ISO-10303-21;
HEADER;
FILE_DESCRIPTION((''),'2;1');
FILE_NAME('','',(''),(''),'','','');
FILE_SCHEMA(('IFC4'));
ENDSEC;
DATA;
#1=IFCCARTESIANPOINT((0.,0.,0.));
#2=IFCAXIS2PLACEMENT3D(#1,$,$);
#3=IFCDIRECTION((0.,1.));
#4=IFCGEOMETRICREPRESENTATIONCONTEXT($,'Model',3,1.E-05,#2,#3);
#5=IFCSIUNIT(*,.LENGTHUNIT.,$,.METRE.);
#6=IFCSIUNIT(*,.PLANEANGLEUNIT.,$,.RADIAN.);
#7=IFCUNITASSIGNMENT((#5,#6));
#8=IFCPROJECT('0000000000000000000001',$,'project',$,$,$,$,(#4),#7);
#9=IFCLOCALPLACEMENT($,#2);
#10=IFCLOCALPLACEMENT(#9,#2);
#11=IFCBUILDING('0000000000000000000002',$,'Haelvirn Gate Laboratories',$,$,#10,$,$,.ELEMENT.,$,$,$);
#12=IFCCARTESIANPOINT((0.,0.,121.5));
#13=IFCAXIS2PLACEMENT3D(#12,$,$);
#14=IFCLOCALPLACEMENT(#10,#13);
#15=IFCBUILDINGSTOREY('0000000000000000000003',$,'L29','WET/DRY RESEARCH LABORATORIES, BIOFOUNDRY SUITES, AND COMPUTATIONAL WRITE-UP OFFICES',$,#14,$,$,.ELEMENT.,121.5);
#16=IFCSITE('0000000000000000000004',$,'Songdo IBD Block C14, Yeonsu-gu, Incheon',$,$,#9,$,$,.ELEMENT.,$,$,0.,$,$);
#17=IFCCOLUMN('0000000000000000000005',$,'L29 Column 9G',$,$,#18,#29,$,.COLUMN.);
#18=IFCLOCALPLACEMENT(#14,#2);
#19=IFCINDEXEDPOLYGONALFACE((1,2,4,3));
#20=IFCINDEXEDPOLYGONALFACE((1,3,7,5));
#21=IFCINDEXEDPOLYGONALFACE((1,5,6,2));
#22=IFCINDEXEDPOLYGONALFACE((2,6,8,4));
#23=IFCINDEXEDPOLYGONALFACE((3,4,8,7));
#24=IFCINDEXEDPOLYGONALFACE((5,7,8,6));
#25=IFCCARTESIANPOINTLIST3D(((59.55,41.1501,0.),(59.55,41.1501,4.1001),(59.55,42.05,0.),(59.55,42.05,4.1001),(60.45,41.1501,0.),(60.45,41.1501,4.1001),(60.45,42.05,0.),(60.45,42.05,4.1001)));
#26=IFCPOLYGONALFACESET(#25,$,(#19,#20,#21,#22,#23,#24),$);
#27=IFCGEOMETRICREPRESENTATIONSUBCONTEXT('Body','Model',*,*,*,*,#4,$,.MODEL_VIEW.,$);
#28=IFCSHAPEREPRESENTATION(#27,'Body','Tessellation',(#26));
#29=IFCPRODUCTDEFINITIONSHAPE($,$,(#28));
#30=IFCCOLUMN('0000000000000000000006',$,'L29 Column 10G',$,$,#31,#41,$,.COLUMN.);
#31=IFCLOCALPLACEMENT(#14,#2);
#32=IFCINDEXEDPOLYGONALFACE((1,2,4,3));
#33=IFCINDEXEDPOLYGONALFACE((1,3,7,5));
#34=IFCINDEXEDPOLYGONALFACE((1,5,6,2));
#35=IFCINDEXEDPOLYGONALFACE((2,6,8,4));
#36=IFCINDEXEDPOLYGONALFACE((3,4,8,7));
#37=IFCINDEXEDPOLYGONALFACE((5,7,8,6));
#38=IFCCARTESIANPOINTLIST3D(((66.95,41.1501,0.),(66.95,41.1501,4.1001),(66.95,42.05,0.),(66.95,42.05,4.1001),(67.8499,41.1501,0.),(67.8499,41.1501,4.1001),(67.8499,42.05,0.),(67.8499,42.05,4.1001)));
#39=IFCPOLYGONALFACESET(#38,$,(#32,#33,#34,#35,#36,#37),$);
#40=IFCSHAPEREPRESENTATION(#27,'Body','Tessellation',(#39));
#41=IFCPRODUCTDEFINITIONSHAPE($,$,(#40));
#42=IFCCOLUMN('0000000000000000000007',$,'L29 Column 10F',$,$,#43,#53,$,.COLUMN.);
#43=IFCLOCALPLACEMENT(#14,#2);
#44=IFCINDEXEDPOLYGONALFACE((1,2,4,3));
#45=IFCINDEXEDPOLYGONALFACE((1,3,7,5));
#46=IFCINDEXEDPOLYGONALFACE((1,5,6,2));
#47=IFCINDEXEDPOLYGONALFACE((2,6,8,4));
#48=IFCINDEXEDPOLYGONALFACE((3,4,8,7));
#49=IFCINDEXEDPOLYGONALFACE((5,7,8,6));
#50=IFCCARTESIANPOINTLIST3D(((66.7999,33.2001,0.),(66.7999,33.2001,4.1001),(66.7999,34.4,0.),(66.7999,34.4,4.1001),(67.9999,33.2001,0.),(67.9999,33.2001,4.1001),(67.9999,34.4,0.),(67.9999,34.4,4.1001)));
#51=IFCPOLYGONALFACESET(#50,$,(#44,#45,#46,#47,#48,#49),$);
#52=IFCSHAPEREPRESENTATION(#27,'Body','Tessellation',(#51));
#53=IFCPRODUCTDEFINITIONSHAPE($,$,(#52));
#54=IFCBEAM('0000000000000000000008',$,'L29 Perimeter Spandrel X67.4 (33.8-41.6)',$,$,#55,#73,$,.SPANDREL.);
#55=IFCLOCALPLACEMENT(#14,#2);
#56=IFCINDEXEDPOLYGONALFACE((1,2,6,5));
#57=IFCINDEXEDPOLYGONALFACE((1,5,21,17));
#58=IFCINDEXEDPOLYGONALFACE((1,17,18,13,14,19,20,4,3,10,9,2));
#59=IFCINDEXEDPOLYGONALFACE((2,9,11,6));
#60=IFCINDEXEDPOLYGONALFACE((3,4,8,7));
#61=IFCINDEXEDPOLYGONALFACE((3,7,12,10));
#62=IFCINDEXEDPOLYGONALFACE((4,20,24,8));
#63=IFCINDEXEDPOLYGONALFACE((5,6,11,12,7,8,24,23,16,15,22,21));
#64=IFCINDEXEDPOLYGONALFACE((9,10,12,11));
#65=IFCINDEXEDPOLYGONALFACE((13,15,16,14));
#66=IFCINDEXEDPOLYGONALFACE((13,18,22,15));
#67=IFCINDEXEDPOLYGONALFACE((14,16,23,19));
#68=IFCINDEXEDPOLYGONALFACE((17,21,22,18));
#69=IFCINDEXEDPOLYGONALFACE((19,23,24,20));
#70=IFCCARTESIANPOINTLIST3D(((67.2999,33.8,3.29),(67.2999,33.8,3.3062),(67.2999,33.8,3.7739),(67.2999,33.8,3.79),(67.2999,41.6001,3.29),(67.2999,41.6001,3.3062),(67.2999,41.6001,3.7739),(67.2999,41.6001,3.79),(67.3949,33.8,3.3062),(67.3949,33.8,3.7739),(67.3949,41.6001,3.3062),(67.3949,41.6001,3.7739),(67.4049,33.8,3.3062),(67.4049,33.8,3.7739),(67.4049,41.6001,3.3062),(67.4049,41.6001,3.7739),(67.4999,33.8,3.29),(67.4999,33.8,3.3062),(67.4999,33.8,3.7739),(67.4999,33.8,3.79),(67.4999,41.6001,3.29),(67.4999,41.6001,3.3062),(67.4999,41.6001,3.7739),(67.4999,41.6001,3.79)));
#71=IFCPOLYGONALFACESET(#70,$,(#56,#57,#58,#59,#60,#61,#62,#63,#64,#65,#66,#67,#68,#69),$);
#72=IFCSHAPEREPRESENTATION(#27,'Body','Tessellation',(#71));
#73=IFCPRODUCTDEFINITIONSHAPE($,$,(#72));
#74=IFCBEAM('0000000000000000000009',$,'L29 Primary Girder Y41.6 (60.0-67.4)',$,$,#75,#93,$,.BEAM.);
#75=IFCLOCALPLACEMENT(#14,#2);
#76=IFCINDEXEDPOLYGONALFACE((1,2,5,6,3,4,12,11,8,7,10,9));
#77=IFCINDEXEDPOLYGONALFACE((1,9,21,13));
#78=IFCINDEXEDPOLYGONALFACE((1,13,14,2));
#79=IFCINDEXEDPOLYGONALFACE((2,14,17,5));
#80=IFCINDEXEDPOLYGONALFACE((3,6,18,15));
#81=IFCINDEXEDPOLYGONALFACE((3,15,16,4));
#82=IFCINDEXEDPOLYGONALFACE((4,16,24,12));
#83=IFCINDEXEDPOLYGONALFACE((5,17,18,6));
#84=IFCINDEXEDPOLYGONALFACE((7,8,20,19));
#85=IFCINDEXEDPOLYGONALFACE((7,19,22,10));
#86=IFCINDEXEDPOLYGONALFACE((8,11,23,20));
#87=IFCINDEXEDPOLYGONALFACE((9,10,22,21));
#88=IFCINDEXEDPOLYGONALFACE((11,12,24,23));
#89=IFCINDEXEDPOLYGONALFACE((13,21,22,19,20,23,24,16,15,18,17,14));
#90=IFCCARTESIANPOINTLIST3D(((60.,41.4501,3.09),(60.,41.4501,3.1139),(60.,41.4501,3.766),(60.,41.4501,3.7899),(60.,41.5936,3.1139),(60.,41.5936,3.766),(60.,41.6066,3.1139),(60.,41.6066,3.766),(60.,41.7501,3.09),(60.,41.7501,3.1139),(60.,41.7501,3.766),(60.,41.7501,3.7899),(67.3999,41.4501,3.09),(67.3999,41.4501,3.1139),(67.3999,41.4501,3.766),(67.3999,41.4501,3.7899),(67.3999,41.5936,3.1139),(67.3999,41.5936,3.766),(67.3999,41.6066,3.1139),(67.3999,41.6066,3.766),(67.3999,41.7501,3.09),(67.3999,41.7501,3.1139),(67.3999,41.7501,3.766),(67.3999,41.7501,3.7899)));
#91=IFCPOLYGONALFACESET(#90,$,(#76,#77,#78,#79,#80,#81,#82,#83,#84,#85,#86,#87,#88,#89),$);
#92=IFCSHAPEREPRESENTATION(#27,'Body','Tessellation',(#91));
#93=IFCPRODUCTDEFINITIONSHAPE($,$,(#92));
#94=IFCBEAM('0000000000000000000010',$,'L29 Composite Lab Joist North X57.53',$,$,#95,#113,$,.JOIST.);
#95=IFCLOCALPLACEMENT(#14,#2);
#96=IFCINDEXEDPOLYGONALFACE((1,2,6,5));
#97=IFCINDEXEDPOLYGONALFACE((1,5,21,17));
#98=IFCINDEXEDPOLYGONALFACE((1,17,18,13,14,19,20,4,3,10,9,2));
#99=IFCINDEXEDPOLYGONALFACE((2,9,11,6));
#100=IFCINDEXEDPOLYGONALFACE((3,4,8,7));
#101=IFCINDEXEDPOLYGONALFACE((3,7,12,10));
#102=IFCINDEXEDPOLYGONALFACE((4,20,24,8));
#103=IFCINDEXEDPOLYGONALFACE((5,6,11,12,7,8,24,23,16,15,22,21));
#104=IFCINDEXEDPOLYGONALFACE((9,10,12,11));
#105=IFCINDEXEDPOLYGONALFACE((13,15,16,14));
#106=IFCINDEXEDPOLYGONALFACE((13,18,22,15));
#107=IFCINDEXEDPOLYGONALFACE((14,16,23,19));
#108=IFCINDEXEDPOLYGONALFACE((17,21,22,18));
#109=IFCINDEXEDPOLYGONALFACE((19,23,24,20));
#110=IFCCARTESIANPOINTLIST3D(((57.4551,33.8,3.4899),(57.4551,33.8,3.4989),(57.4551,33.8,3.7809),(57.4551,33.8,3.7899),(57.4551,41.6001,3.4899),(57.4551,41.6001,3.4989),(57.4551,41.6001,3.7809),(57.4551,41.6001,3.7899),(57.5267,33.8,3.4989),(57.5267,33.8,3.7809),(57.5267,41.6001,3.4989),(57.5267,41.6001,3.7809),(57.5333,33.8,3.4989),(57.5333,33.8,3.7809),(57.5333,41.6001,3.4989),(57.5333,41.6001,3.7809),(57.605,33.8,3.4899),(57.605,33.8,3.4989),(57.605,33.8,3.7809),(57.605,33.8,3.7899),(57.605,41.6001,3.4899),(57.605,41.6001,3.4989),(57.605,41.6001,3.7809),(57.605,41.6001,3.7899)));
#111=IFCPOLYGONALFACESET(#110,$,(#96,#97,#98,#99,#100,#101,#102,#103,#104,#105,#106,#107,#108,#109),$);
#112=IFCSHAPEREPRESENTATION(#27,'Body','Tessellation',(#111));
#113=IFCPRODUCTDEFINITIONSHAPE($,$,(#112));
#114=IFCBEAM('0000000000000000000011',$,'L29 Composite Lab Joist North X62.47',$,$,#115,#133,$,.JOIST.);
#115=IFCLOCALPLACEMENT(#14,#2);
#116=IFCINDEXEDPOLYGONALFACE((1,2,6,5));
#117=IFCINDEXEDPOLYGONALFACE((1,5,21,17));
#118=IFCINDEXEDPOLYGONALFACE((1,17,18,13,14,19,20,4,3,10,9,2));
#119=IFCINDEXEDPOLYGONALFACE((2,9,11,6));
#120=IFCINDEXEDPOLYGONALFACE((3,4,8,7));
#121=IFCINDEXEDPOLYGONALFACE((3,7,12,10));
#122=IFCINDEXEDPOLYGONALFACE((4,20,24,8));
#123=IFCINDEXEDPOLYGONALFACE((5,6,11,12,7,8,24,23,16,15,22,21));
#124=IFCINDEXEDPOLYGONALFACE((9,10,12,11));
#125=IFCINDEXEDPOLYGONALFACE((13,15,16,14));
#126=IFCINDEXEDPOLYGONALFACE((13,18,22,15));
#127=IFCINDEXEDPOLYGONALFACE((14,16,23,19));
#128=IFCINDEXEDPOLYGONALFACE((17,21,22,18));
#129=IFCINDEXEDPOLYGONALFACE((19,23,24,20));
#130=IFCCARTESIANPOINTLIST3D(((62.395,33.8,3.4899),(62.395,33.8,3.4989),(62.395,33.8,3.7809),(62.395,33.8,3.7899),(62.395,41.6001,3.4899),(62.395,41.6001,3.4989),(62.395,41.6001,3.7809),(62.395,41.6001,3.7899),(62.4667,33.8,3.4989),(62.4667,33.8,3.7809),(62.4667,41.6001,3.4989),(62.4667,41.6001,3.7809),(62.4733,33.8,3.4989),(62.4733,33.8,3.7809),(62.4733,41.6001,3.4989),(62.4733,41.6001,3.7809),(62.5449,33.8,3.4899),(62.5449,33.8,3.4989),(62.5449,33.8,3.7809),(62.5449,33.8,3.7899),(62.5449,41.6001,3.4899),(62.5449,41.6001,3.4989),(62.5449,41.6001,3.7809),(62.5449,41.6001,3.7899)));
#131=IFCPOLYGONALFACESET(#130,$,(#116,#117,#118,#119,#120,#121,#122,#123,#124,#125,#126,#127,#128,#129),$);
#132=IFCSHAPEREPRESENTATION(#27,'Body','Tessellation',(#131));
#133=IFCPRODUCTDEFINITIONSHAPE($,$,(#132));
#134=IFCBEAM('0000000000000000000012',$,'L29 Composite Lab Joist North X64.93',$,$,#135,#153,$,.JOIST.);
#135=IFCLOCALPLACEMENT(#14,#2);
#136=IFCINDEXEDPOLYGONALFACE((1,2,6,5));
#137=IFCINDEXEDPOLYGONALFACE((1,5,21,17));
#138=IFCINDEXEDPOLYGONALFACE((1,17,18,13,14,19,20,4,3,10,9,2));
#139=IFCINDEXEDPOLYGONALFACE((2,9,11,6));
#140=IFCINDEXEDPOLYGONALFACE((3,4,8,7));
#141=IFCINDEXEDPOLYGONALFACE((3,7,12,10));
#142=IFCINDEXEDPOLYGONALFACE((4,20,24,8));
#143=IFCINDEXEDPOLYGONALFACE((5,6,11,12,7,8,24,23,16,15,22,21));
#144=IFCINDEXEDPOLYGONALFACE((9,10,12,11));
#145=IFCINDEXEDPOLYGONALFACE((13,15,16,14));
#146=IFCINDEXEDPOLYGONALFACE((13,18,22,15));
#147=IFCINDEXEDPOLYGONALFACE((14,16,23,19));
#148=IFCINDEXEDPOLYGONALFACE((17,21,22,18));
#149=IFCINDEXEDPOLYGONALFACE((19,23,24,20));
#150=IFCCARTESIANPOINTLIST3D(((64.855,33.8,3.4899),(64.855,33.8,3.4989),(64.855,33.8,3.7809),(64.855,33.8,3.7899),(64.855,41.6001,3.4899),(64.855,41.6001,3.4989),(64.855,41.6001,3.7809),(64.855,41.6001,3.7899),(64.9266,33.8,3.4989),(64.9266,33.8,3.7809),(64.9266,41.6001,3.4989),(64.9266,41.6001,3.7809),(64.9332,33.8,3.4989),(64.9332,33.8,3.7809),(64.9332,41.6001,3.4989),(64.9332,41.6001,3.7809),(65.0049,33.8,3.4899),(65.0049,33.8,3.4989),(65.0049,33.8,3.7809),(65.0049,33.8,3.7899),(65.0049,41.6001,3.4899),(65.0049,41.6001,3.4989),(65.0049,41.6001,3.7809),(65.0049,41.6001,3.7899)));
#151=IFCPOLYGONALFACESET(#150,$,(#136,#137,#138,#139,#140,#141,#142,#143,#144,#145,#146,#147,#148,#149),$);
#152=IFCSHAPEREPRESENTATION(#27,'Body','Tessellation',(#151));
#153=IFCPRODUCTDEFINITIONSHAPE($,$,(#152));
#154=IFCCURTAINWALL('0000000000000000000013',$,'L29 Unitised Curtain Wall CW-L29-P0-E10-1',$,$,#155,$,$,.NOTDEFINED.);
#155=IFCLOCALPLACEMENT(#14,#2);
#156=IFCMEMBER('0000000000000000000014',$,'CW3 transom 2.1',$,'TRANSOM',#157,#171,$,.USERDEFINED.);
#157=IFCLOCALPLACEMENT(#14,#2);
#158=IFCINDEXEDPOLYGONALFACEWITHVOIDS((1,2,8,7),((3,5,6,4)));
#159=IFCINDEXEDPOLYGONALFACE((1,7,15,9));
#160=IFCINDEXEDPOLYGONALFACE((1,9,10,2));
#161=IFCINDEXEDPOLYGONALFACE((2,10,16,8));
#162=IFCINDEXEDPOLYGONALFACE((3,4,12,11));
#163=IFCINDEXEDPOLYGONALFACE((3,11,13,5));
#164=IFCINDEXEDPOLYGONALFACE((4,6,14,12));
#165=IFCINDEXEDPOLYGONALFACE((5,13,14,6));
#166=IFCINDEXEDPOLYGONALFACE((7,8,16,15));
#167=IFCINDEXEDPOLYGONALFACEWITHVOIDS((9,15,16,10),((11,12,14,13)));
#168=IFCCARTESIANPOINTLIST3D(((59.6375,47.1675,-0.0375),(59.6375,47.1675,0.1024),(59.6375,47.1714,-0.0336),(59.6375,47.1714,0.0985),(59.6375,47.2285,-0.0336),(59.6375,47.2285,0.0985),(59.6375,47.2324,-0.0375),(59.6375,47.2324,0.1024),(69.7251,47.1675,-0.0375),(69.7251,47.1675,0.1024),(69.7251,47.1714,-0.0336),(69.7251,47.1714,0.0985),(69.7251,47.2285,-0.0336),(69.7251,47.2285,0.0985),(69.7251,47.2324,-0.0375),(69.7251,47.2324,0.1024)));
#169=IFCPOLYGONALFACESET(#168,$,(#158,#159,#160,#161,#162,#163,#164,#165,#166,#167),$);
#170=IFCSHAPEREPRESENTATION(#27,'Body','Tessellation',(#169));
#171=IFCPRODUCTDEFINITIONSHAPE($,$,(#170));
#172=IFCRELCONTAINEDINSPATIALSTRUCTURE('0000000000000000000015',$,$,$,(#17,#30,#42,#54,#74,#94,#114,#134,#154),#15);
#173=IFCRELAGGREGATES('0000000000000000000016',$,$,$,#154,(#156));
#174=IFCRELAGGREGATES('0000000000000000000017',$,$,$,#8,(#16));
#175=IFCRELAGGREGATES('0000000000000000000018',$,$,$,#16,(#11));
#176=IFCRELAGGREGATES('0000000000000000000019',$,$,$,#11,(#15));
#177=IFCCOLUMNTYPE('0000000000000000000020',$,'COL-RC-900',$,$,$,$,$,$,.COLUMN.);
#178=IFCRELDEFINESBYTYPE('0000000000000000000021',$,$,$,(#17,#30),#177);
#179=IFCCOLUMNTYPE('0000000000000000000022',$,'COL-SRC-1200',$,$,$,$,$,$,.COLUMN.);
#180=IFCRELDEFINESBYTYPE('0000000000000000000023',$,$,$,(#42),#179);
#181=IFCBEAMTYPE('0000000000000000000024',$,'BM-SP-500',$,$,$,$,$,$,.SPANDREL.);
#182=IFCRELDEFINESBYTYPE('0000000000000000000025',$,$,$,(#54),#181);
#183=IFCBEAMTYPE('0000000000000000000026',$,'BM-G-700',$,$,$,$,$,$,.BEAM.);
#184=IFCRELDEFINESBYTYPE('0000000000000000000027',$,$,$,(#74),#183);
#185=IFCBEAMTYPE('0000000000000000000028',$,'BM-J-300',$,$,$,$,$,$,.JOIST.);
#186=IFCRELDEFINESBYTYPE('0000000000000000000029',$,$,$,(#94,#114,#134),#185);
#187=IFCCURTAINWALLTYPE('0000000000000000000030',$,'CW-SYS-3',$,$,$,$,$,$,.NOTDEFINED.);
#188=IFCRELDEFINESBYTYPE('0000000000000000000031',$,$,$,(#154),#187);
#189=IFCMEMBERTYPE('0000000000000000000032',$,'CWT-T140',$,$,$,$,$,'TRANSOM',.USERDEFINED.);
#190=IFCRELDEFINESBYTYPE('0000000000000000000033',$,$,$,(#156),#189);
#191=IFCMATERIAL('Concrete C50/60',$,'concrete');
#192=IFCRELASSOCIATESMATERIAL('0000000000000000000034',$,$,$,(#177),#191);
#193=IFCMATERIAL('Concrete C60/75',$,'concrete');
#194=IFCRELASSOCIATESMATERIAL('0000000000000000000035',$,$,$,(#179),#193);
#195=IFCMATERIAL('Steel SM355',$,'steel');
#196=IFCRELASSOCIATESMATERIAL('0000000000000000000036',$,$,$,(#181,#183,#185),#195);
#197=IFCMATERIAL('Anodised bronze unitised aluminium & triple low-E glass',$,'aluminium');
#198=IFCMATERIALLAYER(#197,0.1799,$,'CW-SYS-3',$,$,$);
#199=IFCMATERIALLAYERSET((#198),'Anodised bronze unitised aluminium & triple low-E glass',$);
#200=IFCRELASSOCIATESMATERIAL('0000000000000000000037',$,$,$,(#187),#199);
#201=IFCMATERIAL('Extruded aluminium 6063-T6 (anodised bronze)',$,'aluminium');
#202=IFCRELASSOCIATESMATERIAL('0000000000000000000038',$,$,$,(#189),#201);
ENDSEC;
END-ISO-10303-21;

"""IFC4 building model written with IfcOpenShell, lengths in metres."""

from ifc_helpers import new_model, si_unit, direction, frame, origin, origin_2d, place, context, subcontext, project, spatial, rectangle, hollow_rectangle, i_section, extrude, source, transform, mapped, material, layer, layer_set, material_profile, profile_set, type_object, type_shapes, element, aggregate, save


model = new_model("IFC4")

# Units and contexts
model_context = context("Model", 3, precision=1e-05, world=origin(), true_north=direction((0.0, 1.0)))
body_context = subcontext(model_context, "Body", "Model", "MODEL_VIEW")
ifc_project = project(units=[si_unit("LENGTHUNIT", "METRE"), si_unit("PLANEANGLEUNIT", "RADIAN")], contexts=[model_context])

# Site, building, storey
site_placement = place(None, origin())
site = spatial("IfcSite", under=ifc_project, at=site_placement, Name="Songdo IBD Block C14, Yeonsu-gu, Incheon", CompositionType="ELEMENT", RefElevation=0.0)
building_placement = place(site_placement, origin())
building = spatial("IfcBuilding", under=site, at=building_placement, Name="Haelvirn Gate Laboratories", CompositionType="ELEMENT")
storey_placement = place(building_placement, frame((0.0, 0.0, 121.5)))
storey = spatial("IfcBuildingStorey", under=building, at=storey_placement, Name="L29", Description="WET/DRY RESEARCH LABORATORIES, BIOFOUNDRY SUITES, AND COMPUTATIONAL WRITE-UP OFFICES", CompositionType="ELEMENT", Elevation=121.5)

# Columns
ifc_material_1 = material(Name="Concrete C50/60", Category="concrete")
ifc_material_profile_1 = material_profile(ifc_material_1, rectangle(XDim=0.8999, YDim=0.8999, at=origin_2d()), Name="RC-900x900")
ifc_profile_set_1 = profile_set([ifc_material_profile_1], Name="Concrete C50/60")
column_type_1 = type_object("IfcColumnType", Name="COL-RC-900", PredefinedType="COLUMN", material=ifc_profile_set_1)
shared_shape_1 = source(origin(), body_context, "Body", "SweptSolid", [
    extrude(rectangle(XDim=0.8999, YDim=0.8999, at=origin_2d()), origin(), (0.0, 0.0, 1.0), 4.1001),
])
type_shapes(column_type_1, [shared_shape_1])
for number, where, z_axis, x_axis, name in (
    (1, (60.0, 41.6001, 0.0), (0.0, 0.0, 1.0), (1.0, 0.0, 0.0), "L29 Column 9G"),
    (2, (67.3999, 41.6001, 0.0), (0.0, 0.0, 1.0), (1.0, 0.0, 0.0), "L29 Column 10G"),
):
    element("IfcColumn", number, at=place(storey_placement, frame(where, z_axis=z_axis, x_axis=x_axis)), inside=storey, type_object=column_type_1, Name=name, PredefinedType="COLUMN", context=body_context, shape_type="MappedRepresentation", body=[
        mapped(shared_shape_1, transform((0.0, 0.0, 0.0), scale=1.0)),
    ])
ifc_material_2 = material(Name="Concrete C60/75", Category="concrete")
ifc_material_profile_2 = material_profile(ifc_material_2, rectangle(XDim=1.2, YDim=1.2, at=origin_2d()), Name="SRC-1200x1200")
ifc_profile_set_2 = profile_set([ifc_material_profile_2], Name="Concrete C60/75")
column_type_2 = type_object("IfcColumnType", Name="COL-SRC-1200", PredefinedType="COLUMN", material=ifc_profile_set_2)
shared_shape_2 = source(origin(), body_context, "Body", "SweptSolid", [
    extrude(rectangle(XDim=1.2, YDim=1.2, at=origin_2d()), origin(), (0.0, 0.0, 1.0), 4.1001),
])
type_shapes(column_type_2, [shared_shape_2])
column_placement = place(storey_placement, frame((67.3999, 33.8, 0.0), z_axis=(0.0, 0.0, 1.0), x_axis=(1.0, 0.0, 0.0)))
element("IfcColumn", 3, at=column_placement, inside=storey, type_object=column_type_2, Name="L29 Column 10F", PredefinedType="COLUMN", context=body_context, shape_type="MappedRepresentation", body=[
    mapped(shared_shape_2, transform((0.0, 0.0, 0.0), scale=1.0)),
])

# Beams
ifc_material_3 = material(Name="Steel SM355", Category="steel")
ifc_material_profile_3 = material_profile(ifc_material_3, i_section(OverallWidth=0.2, OverallDepth=0.5, WebThickness=0.01, FlangeThickness=0.0161, at=origin_2d()), Name="H-500x200x10x16")
ifc_profile_set_3 = profile_set([ifc_material_profile_3], Name="Steel SM355")
beam_type_1 = type_object("IfcBeamType", Name="BM-SP-500", PredefinedType="SPANDREL", material=ifc_profile_set_3)
shared_shape_3 = source(origin(), body_context, "Body", "SweptSolid", [
    extrude(i_section(OverallWidth=0.2, OverallDepth=0.5, WebThickness=0.01, FlangeThickness=0.0161, at=origin_2d()), origin(), (0.0, 0.0, 1.0), 7.8),
])
type_shapes(beam_type_1, [shared_shape_3])
beam_1_placement = place(storey_placement, frame((67.3999, 33.8, 3.54), z_axis=(0.0, 1.0, 0.0), x_axis=(-1.0, 0.0, 0.0)))
element("IfcBeam", 4, at=beam_1_placement, inside=storey, type_object=beam_type_1, Name="L29 Perimeter Spandrel X67.4 (33.8-41.6)", PredefinedType="SPANDREL", context=body_context, shape_type="MappedRepresentation", body=[
    mapped(shared_shape_3, transform((0.0, 0.0, 0.0), scale=1.0)),
])
ifc_material_profile_4 = material_profile(ifc_material_3, i_section(OverallWidth=0.3, OverallDepth=0.7, WebThickness=0.0129, FlangeThickness=0.0239, at=origin_2d()), Name="H-700x300x13x24")
ifc_profile_set_4 = profile_set([ifc_material_profile_4], Name="Steel SM355")
beam_type_2 = type_object("IfcBeamType", Name="BM-G-700", PredefinedType="BEAM", material=ifc_profile_set_4)
shared_shape_4 = source(origin(), body_context, "Body", "SweptSolid", [
    extrude(i_section(OverallWidth=0.3, OverallDepth=0.7, WebThickness=0.0129, FlangeThickness=0.0239, at=origin_2d()), origin(), (0.0, 0.0, 1.0), 7.3999),
])
type_shapes(beam_type_2, [shared_shape_4])
beam_2_placement = place(storey_placement, frame((60.0, 41.6001, 3.4399), z_axis=(1.0, 0.0, 0.0), x_axis=(0.0, 1.0, 0.0)))
element("IfcBeam", 5, at=beam_2_placement, inside=storey, type_object=beam_type_2, Name="L29 Primary Girder Y41.6 (60.0-67.4)", PredefinedType="BEAM", context=body_context, shape_type="MappedRepresentation", body=[
    mapped(shared_shape_4, transform((0.0, 0.0, 0.0), scale=1.0)),
])
ifc_material_profile_5 = material_profile(ifc_material_3, i_section(OverallWidth=0.1499, OverallDepth=0.3, WebThickness=0.0066, FlangeThickness=0.009, at=origin_2d()), Name="H-300x150x6.5x9")
ifc_profile_set_5 = profile_set([ifc_material_profile_5], Name="Steel SM355")
beam_type_3 = type_object("IfcBeamType", Name="BM-J-300", PredefinedType="JOIST", material=ifc_profile_set_5)
shared_shape_5 = source(origin(), body_context, "Body", "SweptSolid", [
    extrude(i_section(OverallWidth=0.1499, OverallDepth=0.3, WebThickness=0.0066, FlangeThickness=0.009, at=origin_2d()), origin(), (0.0, 0.0, 1.0), 7.8),
])
type_shapes(beam_type_3, [shared_shape_5])
for number, where, z_axis, x_axis, name in (
    (6, (57.53, 33.8, 3.6399), (0.0, 1.0, 0.0), (-1.0, 0.0, 0.0), "L29 Composite Lab Joist North X57.53"),
    (7, (62.47, 33.8, 3.6399), (0.0, 1.0, 0.0), (-1.0, 0.0, 0.0), "L29 Composite Lab Joist North X62.47"),
    (8, (64.9299, 33.8, 3.6399), (0.0, 1.0, 0.0), (-1.0, 0.0, 0.0), "L29 Composite Lab Joist North X64.93"),
):
    element("IfcBeam", number, at=place(storey_placement, frame(where, z_axis=z_axis, x_axis=x_axis)), inside=storey, type_object=beam_type_3, Name=name, PredefinedType="JOIST", context=body_context, shape_type="MappedRepresentation", body=[
        mapped(shared_shape_5, transform((0.0, 0.0, 0.0), scale=1.0)),
    ])

# Curtain wall, member
ifc_material_4 = material(Name="Anodised bronze unitised aluminium & triple low-E glass", Category="aluminium")
ifc_layer_1 = layer(ifc_material_4, 0.1799, Name="CW-SYS-3")
ifc_layer_set_1 = layer_set([ifc_layer_1], Name="Anodised bronze unitised aluminium & triple low-E glass")
curtain_wall_type_1 = type_object("IfcCurtainWallType", Name="CW-SYS-3", PredefinedType="NOTDEFINED", material=ifc_layer_set_1)
curtain_wall_1_placement = place(storey_placement, origin())
curtain_wall_1 = element("IfcCurtainWall", 9, at=curtain_wall_1_placement, inside=storey, type_object=curtain_wall_type_1, Name="L29 Unitised Curtain Wall CW-L29-P0-E10-1", PredefinedType="NOTDEFINED")
ifc_material_5 = material(Name="Extruded aluminium 6063-T6 (anodised bronze)", Category="aluminium")
ifc_material_profile_6 = material_profile(ifc_material_5, hollow_rectangle(XDim=0.0649, YDim=0.1399, WallThickness=0.0039, at=origin_2d()), Name="CWT-140x65x4")
ifc_profile_set_6 = profile_set([ifc_material_profile_6], Name="Extruded aluminium 6063-T6 (anodised bronze)")
member_type_1 = type_object("IfcMemberType", Name="CWT-T140", ElementType="TRANSOM", PredefinedType="USERDEFINED", material=ifc_profile_set_6)
shared_shape_6 = source(origin(), body_context, "Body", "SweptSolid", [
    extrude(hollow_rectangle(XDim=0.0649, YDim=0.1399, WallThickness=0.0039, at=origin_2d()), origin(), (0.0, 0.0, 1.0), 10.0876),
])
member_1_placement = place(storey_placement, frame((59.6375, 47.2, 0.0325), z_axis=(1.0, 0.0, 0.0), x_axis=(0.0, 1.0, 0.0)))
member_1 = element("IfcMember", 10, at=member_1_placement, type_object=member_type_1, Name="CW3 transom 2.1", ObjectType="TRANSOM", PredefinedType="USERDEFINED", context=body_context, shape_type="MappedRepresentation", body=[
    mapped(shared_shape_6, transform((0.0, 0.0, 0.0), scale=1.0)),
])

aggregate(curtain_wall_1, [member_1])

save(model, "model.ifc")
